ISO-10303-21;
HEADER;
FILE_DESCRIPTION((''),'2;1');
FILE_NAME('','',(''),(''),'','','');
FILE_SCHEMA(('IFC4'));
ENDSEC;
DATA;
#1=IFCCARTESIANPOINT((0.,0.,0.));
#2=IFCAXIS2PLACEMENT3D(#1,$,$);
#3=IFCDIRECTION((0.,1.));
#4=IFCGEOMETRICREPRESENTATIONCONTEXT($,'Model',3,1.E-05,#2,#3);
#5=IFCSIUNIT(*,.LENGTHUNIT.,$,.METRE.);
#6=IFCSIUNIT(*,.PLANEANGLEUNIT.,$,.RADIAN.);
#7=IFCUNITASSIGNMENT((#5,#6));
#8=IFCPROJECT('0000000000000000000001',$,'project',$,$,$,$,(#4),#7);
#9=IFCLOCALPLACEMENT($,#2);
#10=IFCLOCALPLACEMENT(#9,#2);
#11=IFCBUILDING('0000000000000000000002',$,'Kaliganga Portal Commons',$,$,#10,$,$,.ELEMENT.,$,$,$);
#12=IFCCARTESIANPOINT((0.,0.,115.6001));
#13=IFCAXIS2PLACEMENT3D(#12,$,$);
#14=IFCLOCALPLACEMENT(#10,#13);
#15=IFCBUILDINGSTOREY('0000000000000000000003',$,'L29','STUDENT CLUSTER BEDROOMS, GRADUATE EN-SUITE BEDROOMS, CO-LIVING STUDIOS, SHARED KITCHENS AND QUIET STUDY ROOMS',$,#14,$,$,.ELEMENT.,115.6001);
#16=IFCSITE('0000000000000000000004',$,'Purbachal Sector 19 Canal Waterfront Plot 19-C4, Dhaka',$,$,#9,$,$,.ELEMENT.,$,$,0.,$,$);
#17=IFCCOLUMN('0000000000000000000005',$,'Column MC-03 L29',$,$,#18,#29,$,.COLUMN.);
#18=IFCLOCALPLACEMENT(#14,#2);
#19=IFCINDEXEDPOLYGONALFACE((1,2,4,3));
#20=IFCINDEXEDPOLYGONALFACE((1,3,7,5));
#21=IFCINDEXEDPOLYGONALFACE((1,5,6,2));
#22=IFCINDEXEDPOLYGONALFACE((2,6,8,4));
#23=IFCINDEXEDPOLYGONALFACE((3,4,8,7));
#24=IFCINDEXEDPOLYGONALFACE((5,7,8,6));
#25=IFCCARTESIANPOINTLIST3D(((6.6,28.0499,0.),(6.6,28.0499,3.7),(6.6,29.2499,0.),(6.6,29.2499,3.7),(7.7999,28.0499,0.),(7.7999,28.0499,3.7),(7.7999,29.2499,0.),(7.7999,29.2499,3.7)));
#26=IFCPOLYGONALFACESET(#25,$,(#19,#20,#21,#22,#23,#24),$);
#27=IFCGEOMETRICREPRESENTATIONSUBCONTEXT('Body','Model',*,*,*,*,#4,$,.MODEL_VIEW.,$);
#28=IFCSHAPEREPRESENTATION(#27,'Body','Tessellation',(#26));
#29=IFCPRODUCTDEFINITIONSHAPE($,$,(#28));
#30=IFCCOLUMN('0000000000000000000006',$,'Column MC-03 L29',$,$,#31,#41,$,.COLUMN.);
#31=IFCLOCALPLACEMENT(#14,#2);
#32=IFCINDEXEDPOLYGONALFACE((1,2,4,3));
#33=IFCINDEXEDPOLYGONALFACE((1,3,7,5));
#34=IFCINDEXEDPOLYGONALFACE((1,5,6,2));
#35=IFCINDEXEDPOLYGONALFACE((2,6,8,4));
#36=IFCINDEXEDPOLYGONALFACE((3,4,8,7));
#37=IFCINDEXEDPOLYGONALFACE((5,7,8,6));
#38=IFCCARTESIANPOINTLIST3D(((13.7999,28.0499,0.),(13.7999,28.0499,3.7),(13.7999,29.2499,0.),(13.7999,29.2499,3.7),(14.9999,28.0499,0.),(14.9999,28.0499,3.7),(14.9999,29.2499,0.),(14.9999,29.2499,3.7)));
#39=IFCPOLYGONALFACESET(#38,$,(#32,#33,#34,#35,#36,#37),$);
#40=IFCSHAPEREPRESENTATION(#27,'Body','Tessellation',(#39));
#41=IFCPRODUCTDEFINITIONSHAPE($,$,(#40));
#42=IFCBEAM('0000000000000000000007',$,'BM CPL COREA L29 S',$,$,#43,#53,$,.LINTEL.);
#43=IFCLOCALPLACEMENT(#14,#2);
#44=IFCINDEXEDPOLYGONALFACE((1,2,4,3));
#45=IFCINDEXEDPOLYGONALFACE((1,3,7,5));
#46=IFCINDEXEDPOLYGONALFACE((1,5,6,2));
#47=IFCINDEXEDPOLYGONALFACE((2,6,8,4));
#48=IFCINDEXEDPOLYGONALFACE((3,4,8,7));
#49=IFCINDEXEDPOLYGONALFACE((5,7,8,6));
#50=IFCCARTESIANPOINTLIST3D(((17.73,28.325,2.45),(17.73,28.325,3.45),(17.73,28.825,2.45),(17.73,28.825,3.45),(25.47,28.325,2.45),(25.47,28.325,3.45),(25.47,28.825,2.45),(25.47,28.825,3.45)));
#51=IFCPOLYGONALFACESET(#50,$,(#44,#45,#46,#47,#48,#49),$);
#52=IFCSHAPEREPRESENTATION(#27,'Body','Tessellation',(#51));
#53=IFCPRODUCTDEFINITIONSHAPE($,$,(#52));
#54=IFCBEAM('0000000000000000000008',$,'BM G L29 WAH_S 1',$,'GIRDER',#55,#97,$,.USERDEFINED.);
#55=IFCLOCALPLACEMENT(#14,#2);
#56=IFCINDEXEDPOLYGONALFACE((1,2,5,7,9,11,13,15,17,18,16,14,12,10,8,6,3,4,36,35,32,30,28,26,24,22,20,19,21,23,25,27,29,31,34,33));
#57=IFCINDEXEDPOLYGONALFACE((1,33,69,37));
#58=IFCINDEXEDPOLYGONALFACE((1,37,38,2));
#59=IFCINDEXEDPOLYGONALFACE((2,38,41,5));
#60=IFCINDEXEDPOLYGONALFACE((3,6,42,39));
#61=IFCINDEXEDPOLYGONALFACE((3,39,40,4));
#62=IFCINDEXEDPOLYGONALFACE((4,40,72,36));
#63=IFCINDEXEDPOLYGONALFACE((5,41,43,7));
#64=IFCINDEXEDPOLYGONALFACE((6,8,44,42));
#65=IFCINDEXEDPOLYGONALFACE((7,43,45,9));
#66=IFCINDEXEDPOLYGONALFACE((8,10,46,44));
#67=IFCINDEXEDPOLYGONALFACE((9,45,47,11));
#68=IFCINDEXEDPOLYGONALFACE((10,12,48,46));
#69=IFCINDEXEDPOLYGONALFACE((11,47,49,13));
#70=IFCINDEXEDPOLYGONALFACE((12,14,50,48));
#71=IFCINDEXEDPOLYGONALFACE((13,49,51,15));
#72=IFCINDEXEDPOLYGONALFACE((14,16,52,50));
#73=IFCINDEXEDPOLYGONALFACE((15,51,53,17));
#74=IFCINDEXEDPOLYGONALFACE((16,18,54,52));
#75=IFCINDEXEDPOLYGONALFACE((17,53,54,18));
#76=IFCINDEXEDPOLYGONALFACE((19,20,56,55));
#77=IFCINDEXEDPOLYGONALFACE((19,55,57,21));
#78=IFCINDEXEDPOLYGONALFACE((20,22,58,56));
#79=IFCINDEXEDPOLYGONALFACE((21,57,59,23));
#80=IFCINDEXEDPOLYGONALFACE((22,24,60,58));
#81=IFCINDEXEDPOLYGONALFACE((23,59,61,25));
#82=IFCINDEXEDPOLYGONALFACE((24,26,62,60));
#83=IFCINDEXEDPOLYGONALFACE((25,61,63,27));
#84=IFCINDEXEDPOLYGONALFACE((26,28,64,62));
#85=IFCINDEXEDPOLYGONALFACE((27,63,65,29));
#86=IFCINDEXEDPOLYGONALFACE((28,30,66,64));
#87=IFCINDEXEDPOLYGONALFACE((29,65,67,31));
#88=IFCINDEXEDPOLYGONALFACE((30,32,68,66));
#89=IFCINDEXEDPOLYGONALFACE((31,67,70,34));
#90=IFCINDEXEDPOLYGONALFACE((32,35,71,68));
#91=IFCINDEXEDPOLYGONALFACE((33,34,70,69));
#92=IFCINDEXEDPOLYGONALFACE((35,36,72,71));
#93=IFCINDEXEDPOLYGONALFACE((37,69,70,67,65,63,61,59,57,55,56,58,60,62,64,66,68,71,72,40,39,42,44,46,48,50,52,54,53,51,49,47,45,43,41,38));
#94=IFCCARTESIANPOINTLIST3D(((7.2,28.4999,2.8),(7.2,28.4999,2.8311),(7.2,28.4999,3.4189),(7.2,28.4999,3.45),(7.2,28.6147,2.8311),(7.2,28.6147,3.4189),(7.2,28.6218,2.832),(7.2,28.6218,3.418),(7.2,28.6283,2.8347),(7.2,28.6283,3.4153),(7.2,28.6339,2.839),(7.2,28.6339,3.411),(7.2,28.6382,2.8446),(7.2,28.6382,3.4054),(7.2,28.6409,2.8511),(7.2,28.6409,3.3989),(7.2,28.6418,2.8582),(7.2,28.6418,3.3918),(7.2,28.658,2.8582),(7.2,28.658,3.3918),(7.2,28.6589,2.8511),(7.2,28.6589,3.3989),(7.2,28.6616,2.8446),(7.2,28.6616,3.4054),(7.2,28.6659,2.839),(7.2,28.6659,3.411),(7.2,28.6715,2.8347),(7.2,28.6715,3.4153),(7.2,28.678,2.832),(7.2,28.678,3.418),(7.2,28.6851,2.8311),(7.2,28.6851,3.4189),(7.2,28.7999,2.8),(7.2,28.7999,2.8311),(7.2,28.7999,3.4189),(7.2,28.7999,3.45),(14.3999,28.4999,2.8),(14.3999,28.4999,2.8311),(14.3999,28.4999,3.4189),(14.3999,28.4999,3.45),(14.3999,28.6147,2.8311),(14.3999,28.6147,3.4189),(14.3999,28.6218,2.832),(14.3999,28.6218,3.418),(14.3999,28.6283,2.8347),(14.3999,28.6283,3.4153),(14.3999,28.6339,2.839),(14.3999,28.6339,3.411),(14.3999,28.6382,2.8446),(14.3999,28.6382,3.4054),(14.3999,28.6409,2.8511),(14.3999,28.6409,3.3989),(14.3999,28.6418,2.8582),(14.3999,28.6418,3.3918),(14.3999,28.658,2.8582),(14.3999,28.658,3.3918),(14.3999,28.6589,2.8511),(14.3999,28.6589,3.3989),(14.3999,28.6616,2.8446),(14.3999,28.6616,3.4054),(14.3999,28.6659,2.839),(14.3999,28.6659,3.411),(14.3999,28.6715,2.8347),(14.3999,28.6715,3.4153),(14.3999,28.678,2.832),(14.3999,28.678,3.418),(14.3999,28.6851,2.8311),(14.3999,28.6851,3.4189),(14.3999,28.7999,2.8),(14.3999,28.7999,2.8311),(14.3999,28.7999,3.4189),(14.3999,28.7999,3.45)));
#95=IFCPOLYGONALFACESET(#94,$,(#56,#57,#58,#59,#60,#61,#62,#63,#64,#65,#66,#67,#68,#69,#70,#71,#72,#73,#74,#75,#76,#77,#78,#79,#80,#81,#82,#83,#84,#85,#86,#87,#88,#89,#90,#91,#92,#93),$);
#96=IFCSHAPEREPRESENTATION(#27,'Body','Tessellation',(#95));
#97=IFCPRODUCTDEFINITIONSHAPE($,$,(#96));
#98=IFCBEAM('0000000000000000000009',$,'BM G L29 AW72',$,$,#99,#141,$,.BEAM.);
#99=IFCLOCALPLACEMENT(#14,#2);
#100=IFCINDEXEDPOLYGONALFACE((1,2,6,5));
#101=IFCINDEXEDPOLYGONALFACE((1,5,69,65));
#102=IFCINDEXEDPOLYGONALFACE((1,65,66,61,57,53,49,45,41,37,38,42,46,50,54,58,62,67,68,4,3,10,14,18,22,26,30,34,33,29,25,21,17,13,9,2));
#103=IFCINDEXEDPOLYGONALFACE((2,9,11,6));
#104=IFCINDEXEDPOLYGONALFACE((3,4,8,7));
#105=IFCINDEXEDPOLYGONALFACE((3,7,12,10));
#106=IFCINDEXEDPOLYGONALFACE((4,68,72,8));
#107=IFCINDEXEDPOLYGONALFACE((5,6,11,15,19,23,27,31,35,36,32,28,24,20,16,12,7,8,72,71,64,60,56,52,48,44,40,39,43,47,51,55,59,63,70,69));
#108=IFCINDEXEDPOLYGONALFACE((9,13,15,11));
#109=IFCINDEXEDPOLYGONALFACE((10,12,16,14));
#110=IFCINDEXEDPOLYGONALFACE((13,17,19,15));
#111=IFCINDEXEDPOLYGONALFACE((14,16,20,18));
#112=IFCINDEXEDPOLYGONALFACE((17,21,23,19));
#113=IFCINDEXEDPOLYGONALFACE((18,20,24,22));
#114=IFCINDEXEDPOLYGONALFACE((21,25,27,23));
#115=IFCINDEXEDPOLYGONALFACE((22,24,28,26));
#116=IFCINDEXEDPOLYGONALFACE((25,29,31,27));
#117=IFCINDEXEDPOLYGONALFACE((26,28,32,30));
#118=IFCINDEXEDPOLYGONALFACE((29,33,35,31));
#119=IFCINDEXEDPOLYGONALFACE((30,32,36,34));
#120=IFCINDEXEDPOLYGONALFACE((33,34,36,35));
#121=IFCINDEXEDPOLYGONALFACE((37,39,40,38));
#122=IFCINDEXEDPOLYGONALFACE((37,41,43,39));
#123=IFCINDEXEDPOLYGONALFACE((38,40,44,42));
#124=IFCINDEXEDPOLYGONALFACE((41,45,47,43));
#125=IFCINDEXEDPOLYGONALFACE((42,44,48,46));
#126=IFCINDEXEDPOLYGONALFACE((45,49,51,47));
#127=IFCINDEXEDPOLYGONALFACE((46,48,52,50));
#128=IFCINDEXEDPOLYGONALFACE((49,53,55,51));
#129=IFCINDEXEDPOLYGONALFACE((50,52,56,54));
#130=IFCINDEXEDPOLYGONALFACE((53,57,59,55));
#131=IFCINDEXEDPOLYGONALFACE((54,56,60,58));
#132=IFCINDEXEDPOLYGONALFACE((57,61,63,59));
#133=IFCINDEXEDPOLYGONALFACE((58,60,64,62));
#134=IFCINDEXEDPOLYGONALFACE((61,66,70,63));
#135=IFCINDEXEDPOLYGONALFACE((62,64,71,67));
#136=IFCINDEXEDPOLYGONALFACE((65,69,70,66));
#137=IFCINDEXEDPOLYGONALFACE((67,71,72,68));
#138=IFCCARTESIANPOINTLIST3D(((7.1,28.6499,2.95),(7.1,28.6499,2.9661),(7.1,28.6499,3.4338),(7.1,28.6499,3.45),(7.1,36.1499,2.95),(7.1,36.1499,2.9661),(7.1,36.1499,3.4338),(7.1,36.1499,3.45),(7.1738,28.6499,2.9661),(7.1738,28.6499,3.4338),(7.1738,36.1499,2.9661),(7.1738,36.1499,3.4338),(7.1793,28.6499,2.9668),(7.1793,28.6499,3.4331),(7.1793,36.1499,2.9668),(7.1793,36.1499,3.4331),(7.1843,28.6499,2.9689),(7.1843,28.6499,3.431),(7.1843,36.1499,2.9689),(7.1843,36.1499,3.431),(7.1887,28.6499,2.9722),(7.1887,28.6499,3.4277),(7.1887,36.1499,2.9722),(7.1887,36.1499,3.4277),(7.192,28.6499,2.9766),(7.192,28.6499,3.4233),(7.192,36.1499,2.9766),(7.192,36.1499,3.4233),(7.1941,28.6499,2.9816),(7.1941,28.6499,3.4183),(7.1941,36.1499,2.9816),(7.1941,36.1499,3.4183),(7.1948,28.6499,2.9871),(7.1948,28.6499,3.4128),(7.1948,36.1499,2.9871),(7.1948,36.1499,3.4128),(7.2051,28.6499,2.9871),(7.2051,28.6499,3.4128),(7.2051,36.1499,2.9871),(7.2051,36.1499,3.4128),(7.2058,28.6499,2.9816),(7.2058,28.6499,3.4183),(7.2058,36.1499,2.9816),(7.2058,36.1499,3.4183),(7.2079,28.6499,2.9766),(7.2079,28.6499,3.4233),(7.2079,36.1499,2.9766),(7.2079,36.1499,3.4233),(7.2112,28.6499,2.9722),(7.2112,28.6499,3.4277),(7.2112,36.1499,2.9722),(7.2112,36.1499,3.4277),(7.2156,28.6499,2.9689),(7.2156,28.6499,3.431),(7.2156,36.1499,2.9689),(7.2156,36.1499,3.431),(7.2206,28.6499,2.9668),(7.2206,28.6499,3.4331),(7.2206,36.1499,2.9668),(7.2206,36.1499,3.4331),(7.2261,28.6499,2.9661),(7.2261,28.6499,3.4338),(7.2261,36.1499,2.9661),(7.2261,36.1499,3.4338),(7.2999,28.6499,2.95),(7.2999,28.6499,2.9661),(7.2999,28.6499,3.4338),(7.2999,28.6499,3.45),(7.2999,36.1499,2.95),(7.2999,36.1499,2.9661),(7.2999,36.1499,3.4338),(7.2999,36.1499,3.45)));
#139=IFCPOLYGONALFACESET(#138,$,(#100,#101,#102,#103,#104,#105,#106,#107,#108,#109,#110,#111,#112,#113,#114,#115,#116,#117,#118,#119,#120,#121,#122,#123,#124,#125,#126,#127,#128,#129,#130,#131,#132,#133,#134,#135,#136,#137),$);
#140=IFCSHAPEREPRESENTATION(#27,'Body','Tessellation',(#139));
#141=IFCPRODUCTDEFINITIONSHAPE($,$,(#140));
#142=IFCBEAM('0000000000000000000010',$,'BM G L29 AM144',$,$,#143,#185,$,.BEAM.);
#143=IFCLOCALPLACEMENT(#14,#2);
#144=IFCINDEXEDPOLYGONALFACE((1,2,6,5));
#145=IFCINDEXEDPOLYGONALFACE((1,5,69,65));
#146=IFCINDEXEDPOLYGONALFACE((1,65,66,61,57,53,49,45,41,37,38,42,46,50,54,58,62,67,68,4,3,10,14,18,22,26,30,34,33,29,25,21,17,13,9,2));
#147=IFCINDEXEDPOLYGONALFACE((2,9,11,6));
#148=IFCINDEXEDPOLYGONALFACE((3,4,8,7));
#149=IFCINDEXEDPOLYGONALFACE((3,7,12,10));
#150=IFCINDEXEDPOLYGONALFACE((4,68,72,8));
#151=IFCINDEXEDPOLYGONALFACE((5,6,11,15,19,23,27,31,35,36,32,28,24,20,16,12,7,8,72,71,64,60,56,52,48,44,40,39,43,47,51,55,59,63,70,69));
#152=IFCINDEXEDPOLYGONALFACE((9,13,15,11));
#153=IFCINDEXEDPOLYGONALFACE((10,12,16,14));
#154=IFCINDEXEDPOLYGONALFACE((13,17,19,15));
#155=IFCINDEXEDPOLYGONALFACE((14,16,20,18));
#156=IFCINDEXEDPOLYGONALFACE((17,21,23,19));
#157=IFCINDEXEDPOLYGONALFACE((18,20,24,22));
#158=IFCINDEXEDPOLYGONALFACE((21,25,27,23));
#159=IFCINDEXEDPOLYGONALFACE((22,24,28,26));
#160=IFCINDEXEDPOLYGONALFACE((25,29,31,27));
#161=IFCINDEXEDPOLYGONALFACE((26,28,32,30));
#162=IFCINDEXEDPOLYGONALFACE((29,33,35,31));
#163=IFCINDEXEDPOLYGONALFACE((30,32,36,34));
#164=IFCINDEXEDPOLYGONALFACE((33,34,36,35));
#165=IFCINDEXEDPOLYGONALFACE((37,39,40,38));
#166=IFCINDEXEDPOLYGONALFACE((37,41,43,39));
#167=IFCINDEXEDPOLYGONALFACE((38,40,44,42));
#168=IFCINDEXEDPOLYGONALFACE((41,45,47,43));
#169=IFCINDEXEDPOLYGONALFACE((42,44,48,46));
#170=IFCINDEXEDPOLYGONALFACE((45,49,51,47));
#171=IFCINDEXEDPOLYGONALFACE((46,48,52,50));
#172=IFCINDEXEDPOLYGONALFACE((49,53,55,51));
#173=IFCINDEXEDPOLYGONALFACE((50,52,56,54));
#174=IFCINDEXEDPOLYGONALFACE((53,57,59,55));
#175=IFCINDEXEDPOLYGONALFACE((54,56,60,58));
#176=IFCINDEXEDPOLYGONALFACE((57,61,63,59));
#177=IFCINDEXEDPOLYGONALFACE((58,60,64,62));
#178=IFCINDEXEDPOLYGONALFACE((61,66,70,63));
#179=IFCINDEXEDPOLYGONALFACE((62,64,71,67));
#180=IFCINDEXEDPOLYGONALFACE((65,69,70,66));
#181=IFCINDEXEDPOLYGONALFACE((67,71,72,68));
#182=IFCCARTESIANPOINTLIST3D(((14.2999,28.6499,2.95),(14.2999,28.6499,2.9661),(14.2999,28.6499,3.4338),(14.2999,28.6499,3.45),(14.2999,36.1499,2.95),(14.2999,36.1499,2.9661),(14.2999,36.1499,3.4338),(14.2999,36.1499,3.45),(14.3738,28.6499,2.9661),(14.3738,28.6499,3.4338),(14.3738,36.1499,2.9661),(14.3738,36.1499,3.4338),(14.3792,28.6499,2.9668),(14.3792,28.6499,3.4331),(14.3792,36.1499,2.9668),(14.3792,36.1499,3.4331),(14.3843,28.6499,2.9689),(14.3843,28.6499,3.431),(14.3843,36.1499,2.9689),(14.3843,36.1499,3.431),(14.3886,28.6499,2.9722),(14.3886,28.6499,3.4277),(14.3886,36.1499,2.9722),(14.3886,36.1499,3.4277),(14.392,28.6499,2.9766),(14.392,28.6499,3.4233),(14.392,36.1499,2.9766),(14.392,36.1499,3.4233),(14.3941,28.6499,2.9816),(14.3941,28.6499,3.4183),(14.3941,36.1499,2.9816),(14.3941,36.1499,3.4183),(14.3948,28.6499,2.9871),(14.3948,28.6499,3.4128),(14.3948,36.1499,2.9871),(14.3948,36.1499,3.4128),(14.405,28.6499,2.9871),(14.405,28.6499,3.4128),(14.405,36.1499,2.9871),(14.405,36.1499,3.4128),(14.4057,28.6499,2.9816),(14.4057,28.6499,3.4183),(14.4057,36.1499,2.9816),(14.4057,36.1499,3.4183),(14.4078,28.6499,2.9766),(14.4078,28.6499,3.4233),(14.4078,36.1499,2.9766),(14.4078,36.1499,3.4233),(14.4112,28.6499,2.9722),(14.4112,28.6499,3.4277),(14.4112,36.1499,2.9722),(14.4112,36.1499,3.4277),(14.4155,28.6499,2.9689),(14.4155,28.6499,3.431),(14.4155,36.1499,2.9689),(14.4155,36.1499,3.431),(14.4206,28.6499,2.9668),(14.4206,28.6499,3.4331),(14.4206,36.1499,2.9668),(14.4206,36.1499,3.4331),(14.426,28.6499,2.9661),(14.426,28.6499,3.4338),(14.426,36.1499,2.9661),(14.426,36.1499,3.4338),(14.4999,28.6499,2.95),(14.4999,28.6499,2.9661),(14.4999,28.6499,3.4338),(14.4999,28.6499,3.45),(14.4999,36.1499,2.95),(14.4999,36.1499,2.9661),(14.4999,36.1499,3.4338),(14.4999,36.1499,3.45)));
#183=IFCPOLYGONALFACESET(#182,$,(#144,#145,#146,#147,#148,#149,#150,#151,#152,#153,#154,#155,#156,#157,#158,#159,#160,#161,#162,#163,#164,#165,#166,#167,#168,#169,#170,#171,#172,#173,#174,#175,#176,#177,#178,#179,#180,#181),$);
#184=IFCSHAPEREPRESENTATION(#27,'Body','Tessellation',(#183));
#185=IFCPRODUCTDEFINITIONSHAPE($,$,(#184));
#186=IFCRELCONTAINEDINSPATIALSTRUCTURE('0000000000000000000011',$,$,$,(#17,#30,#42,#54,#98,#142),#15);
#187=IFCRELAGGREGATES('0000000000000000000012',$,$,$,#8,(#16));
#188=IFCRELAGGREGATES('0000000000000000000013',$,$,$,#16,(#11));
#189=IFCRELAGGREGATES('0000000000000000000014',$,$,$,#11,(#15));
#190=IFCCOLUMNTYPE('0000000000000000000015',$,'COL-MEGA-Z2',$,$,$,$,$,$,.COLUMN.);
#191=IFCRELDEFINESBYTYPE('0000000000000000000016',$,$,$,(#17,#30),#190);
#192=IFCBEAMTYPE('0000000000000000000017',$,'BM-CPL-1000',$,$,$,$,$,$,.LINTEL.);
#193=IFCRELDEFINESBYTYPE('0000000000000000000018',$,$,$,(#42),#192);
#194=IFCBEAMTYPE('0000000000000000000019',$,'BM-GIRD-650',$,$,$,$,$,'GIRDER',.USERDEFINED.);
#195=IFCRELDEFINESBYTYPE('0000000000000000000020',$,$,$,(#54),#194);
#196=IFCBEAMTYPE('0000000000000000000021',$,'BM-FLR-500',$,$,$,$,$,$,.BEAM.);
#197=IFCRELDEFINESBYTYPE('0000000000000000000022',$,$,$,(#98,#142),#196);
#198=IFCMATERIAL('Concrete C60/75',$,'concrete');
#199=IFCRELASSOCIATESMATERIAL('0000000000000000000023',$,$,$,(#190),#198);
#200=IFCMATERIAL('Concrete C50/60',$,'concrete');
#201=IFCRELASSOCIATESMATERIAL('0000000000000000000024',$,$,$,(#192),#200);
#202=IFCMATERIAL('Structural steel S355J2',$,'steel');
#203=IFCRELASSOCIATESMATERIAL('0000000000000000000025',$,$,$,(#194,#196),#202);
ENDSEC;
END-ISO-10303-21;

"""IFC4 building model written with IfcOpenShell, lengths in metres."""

from ifc_helpers import new_model, si_unit, direction, frame, origin, origin_2d, place, context, subcontext, project, spatial, rectangle, i_section, extrude, source, transform, mapped, material, material_profile, profile_set, type_object, element, save


model = new_model("IFC4")

# Units and contexts
model_context = context("Model", 3, precision=1e-05, world=origin(), true_north=direction((0.0, 1.0)))
body_context = subcontext(model_context, "Body", "Model", "MODEL_VIEW")
ifc_project = project(units=[si_unit("LENGTHUNIT", "METRE"), si_unit("PLANEANGLEUNIT", "RADIAN")], contexts=[model_context])

# Site, building, storey
site_placement = place(None, origin())
site = spatial("IfcSite", under=ifc_project, at=site_placement, Name="Purbachal Sector 19 Canal Waterfront Plot 19-C4, Dhaka", CompositionType="ELEMENT", RefElevation=0.0)
building_placement = place(site_placement, origin())
building = spatial("IfcBuilding", under=site, at=building_placement, Name="Kaliganga Portal Commons", CompositionType="ELEMENT")
storey_placement = place(building_placement, frame((0.0, 0.0, 115.6001)))
storey = spatial("IfcBuildingStorey", under=building, at=storey_placement, Name="L29", Description="STUDENT CLUSTER BEDROOMS, GRADUATE EN-SUITE BEDROOMS, CO-LIVING STUDIOS, SHARED KITCHENS AND QUIET STUDY ROOMS", CompositionType="ELEMENT", Elevation=115.6001)

# Columns
ifc_material_1 = material(Name="Concrete C60/75", Category="concrete")
ifc_material_profile_1 = material_profile(ifc_material_1, rectangle(XDim=1.2, YDim=1.2, at=origin_2d()), Name="RC 1200x1200")
ifc_profile_set_1 = profile_set([ifc_material_profile_1], Name="Concrete C60/75")
column_type = type_object("IfcColumnType", Name="COL-MEGA-Z2", PredefinedType="COLUMN", material=ifc_profile_set_1)
shared_shape_1 = source(origin(), body_context, "Body", "SweptSolid", [
    extrude(rectangle(XDim=1.2, YDim=1.2, at=origin_2d()), origin(), (0.0, 0.0, 1.0), 3.7),
])
for number, where, z_axis, x_axis, name in (
    (1, (7.2, 28.6499, 0.0), (0.0, 0.0, 1.0), (1.0, 0.0, 0.0), "Column MC-03 L29"),
    (2, (14.3999, 28.6499, 0.0), (0.0, 0.0, 1.0), (1.0, 0.0, 0.0), "Column MC-03 L29"),
):
    element("IfcColumn", number, at=place(storey_placement, frame(where, z_axis=z_axis, x_axis=x_axis)), inside=storey, type_object=column_type, Name=name, PredefinedType="COLUMN", context=body_context, shape_type="MappedRepresentation", body=[
        mapped(shared_shape_1, transform((0.0, 0.0, 0.0), x_axis=(1.0, 0.0, 0.0), y_axis=(0.0, 1.0, 0.0), z_axis=(0.0, 0.0, 1.0), scale=1.0)),
    ])

# Beams
ifc_material_2 = material(Name="Concrete C50/60", Category="concrete")
ifc_material_profile_2 = material_profile(ifc_material_2, rectangle(XDim=0.5, YDim=1.0, at=origin_2d()), Name="RC 500x1000")
ifc_profile_set_2 = profile_set([ifc_material_profile_2], Name="Concrete C50/60")
beam_type_1 = type_object("IfcBeamType", Name="BM-CPL-1000", PredefinedType="LINTEL", material=ifc_profile_set_2)
shared_shape_2 = source(origin(), body_context, "Body", "SweptSolid", [
    extrude(rectangle(XDim=0.5, YDim=1.0, at=origin_2d()), origin(), (0.0, 0.0, 1.0), 7.74),
])
beam_1_placement = place(storey_placement, frame((17.73, 28.575, 2.95), z_axis=(1.0, 0.0, 0.0), x_axis=(0.0, 1.0, 0.0)))
element("IfcBeam", 3, at=beam_1_placement, inside=storey, type_object=beam_type_1, Name="BM CPL COREA L29 S", PredefinedType="LINTEL", context=body_context, shape_type="MappedRepresentation", body=[
    mapped(shared_shape_2, transform((0.0, 0.0, 0.0), x_axis=(1.0, 0.0, 0.0), y_axis=(0.0, 1.0, 0.0), z_axis=(0.0, 0.0, 1.0), scale=1.0)),
])
ifc_material_3 = material(Name="Structural steel S355J2", Category="steel")
ifc_material_profile_3 = material_profile(ifc_material_3, i_section(OverallWidth=0.3, OverallDepth=0.6499, WebThickness=0.0161, FlangeThickness=0.031, FilletRadius=0.0271, at=origin_2d()), Name="HE 650 B")
ifc_profile_set_3 = profile_set([ifc_material_profile_3], Name="Structural steel S355J2 wide-flange")
beam_type_2 = type_object("IfcBeamType", Name="BM-GIRD-650", ElementType="GIRDER", PredefinedType="USERDEFINED", material=ifc_profile_set_3)
shared_shape_3 = source(origin(), body_context, "Body", "SweptSolid", [
    extrude(i_section(OverallWidth=0.3, OverallDepth=0.6499, WebThickness=0.0161, FlangeThickness=0.031, FilletRadius=0.0271, at=origin_2d()), origin(), (0.0, 0.0, 1.0), 7.2),
])
beam_2_placement = place(storey_placement, frame((7.2, 28.6499, 3.125), z_axis=(1.0, 0.0, 0.0), x_axis=(0.0, 1.0, 0.0)))
element("IfcBeam", 4, at=beam_2_placement, inside=storey, type_object=beam_type_2, Name="BM G L29 WAH_S 1", ObjectType="GIRDER", PredefinedType="USERDEFINED", context=body_context, shape_type="MappedRepresentation", body=[
    mapped(shared_shape_3, transform((0.0, 0.0, 0.0), x_axis=(1.0, 0.0, 0.0), y_axis=(0.0, 1.0, 0.0), z_axis=(0.0, 0.0, 1.0), scale=1.0)),
])
ifc_material_profile_4 = material_profile(ifc_material_3, i_section(OverallWidth=0.2, OverallDepth=0.5, WebThickness=0.0103, FlangeThickness=0.0161, FilletRadius=0.021, at=origin_2d()), Name="IPE 500")
ifc_profile_set_4 = profile_set([ifc_material_profile_4], Name="Structural steel S355J2 wide-flange")
beam_type_3 = type_object("IfcBeamType", Name="BM-FLR-500", PredefinedType="BEAM", material=ifc_profile_set_4)
shared_shape_4 = source(origin(), body_context, "Body", "SweptSolid", [
    extrude(i_section(OverallWidth=0.2, OverallDepth=0.5, WebThickness=0.0103, FlangeThickness=0.0161, FilletRadius=0.021, at=origin_2d()), origin(), (0.0, 0.0, 1.0), 7.5),
])
for number, where, z_axis, x_axis, name in (
    (5, (7.2, 28.6499, 3.2), (0.0, 1.0, 0.0), (-1.0, 0.0, 0.0), "BM G L29 AW72"),
    (6, (14.3999, 28.6499, 3.2), (0.0, 1.0, 0.0), (-1.0, 0.0, 0.0), "BM G L29 AM144"),
):
    element("IfcBeam", number, at=place(storey_placement, frame(where, z_axis=z_axis, x_axis=x_axis)), inside=storey, type_object=beam_type_3, Name=name, PredefinedType="BEAM", context=body_context, shape_type="MappedRepresentation", body=[
        mapped(shared_shape_4, transform((0.0, 0.0, 0.0), x_axis=(1.0, 0.0, 0.0), y_axis=(0.0, 1.0, 0.0), z_axis=(0.0, 0.0, 1.0), scale=1.0)),
    ])

save(model, "model.ifc")
